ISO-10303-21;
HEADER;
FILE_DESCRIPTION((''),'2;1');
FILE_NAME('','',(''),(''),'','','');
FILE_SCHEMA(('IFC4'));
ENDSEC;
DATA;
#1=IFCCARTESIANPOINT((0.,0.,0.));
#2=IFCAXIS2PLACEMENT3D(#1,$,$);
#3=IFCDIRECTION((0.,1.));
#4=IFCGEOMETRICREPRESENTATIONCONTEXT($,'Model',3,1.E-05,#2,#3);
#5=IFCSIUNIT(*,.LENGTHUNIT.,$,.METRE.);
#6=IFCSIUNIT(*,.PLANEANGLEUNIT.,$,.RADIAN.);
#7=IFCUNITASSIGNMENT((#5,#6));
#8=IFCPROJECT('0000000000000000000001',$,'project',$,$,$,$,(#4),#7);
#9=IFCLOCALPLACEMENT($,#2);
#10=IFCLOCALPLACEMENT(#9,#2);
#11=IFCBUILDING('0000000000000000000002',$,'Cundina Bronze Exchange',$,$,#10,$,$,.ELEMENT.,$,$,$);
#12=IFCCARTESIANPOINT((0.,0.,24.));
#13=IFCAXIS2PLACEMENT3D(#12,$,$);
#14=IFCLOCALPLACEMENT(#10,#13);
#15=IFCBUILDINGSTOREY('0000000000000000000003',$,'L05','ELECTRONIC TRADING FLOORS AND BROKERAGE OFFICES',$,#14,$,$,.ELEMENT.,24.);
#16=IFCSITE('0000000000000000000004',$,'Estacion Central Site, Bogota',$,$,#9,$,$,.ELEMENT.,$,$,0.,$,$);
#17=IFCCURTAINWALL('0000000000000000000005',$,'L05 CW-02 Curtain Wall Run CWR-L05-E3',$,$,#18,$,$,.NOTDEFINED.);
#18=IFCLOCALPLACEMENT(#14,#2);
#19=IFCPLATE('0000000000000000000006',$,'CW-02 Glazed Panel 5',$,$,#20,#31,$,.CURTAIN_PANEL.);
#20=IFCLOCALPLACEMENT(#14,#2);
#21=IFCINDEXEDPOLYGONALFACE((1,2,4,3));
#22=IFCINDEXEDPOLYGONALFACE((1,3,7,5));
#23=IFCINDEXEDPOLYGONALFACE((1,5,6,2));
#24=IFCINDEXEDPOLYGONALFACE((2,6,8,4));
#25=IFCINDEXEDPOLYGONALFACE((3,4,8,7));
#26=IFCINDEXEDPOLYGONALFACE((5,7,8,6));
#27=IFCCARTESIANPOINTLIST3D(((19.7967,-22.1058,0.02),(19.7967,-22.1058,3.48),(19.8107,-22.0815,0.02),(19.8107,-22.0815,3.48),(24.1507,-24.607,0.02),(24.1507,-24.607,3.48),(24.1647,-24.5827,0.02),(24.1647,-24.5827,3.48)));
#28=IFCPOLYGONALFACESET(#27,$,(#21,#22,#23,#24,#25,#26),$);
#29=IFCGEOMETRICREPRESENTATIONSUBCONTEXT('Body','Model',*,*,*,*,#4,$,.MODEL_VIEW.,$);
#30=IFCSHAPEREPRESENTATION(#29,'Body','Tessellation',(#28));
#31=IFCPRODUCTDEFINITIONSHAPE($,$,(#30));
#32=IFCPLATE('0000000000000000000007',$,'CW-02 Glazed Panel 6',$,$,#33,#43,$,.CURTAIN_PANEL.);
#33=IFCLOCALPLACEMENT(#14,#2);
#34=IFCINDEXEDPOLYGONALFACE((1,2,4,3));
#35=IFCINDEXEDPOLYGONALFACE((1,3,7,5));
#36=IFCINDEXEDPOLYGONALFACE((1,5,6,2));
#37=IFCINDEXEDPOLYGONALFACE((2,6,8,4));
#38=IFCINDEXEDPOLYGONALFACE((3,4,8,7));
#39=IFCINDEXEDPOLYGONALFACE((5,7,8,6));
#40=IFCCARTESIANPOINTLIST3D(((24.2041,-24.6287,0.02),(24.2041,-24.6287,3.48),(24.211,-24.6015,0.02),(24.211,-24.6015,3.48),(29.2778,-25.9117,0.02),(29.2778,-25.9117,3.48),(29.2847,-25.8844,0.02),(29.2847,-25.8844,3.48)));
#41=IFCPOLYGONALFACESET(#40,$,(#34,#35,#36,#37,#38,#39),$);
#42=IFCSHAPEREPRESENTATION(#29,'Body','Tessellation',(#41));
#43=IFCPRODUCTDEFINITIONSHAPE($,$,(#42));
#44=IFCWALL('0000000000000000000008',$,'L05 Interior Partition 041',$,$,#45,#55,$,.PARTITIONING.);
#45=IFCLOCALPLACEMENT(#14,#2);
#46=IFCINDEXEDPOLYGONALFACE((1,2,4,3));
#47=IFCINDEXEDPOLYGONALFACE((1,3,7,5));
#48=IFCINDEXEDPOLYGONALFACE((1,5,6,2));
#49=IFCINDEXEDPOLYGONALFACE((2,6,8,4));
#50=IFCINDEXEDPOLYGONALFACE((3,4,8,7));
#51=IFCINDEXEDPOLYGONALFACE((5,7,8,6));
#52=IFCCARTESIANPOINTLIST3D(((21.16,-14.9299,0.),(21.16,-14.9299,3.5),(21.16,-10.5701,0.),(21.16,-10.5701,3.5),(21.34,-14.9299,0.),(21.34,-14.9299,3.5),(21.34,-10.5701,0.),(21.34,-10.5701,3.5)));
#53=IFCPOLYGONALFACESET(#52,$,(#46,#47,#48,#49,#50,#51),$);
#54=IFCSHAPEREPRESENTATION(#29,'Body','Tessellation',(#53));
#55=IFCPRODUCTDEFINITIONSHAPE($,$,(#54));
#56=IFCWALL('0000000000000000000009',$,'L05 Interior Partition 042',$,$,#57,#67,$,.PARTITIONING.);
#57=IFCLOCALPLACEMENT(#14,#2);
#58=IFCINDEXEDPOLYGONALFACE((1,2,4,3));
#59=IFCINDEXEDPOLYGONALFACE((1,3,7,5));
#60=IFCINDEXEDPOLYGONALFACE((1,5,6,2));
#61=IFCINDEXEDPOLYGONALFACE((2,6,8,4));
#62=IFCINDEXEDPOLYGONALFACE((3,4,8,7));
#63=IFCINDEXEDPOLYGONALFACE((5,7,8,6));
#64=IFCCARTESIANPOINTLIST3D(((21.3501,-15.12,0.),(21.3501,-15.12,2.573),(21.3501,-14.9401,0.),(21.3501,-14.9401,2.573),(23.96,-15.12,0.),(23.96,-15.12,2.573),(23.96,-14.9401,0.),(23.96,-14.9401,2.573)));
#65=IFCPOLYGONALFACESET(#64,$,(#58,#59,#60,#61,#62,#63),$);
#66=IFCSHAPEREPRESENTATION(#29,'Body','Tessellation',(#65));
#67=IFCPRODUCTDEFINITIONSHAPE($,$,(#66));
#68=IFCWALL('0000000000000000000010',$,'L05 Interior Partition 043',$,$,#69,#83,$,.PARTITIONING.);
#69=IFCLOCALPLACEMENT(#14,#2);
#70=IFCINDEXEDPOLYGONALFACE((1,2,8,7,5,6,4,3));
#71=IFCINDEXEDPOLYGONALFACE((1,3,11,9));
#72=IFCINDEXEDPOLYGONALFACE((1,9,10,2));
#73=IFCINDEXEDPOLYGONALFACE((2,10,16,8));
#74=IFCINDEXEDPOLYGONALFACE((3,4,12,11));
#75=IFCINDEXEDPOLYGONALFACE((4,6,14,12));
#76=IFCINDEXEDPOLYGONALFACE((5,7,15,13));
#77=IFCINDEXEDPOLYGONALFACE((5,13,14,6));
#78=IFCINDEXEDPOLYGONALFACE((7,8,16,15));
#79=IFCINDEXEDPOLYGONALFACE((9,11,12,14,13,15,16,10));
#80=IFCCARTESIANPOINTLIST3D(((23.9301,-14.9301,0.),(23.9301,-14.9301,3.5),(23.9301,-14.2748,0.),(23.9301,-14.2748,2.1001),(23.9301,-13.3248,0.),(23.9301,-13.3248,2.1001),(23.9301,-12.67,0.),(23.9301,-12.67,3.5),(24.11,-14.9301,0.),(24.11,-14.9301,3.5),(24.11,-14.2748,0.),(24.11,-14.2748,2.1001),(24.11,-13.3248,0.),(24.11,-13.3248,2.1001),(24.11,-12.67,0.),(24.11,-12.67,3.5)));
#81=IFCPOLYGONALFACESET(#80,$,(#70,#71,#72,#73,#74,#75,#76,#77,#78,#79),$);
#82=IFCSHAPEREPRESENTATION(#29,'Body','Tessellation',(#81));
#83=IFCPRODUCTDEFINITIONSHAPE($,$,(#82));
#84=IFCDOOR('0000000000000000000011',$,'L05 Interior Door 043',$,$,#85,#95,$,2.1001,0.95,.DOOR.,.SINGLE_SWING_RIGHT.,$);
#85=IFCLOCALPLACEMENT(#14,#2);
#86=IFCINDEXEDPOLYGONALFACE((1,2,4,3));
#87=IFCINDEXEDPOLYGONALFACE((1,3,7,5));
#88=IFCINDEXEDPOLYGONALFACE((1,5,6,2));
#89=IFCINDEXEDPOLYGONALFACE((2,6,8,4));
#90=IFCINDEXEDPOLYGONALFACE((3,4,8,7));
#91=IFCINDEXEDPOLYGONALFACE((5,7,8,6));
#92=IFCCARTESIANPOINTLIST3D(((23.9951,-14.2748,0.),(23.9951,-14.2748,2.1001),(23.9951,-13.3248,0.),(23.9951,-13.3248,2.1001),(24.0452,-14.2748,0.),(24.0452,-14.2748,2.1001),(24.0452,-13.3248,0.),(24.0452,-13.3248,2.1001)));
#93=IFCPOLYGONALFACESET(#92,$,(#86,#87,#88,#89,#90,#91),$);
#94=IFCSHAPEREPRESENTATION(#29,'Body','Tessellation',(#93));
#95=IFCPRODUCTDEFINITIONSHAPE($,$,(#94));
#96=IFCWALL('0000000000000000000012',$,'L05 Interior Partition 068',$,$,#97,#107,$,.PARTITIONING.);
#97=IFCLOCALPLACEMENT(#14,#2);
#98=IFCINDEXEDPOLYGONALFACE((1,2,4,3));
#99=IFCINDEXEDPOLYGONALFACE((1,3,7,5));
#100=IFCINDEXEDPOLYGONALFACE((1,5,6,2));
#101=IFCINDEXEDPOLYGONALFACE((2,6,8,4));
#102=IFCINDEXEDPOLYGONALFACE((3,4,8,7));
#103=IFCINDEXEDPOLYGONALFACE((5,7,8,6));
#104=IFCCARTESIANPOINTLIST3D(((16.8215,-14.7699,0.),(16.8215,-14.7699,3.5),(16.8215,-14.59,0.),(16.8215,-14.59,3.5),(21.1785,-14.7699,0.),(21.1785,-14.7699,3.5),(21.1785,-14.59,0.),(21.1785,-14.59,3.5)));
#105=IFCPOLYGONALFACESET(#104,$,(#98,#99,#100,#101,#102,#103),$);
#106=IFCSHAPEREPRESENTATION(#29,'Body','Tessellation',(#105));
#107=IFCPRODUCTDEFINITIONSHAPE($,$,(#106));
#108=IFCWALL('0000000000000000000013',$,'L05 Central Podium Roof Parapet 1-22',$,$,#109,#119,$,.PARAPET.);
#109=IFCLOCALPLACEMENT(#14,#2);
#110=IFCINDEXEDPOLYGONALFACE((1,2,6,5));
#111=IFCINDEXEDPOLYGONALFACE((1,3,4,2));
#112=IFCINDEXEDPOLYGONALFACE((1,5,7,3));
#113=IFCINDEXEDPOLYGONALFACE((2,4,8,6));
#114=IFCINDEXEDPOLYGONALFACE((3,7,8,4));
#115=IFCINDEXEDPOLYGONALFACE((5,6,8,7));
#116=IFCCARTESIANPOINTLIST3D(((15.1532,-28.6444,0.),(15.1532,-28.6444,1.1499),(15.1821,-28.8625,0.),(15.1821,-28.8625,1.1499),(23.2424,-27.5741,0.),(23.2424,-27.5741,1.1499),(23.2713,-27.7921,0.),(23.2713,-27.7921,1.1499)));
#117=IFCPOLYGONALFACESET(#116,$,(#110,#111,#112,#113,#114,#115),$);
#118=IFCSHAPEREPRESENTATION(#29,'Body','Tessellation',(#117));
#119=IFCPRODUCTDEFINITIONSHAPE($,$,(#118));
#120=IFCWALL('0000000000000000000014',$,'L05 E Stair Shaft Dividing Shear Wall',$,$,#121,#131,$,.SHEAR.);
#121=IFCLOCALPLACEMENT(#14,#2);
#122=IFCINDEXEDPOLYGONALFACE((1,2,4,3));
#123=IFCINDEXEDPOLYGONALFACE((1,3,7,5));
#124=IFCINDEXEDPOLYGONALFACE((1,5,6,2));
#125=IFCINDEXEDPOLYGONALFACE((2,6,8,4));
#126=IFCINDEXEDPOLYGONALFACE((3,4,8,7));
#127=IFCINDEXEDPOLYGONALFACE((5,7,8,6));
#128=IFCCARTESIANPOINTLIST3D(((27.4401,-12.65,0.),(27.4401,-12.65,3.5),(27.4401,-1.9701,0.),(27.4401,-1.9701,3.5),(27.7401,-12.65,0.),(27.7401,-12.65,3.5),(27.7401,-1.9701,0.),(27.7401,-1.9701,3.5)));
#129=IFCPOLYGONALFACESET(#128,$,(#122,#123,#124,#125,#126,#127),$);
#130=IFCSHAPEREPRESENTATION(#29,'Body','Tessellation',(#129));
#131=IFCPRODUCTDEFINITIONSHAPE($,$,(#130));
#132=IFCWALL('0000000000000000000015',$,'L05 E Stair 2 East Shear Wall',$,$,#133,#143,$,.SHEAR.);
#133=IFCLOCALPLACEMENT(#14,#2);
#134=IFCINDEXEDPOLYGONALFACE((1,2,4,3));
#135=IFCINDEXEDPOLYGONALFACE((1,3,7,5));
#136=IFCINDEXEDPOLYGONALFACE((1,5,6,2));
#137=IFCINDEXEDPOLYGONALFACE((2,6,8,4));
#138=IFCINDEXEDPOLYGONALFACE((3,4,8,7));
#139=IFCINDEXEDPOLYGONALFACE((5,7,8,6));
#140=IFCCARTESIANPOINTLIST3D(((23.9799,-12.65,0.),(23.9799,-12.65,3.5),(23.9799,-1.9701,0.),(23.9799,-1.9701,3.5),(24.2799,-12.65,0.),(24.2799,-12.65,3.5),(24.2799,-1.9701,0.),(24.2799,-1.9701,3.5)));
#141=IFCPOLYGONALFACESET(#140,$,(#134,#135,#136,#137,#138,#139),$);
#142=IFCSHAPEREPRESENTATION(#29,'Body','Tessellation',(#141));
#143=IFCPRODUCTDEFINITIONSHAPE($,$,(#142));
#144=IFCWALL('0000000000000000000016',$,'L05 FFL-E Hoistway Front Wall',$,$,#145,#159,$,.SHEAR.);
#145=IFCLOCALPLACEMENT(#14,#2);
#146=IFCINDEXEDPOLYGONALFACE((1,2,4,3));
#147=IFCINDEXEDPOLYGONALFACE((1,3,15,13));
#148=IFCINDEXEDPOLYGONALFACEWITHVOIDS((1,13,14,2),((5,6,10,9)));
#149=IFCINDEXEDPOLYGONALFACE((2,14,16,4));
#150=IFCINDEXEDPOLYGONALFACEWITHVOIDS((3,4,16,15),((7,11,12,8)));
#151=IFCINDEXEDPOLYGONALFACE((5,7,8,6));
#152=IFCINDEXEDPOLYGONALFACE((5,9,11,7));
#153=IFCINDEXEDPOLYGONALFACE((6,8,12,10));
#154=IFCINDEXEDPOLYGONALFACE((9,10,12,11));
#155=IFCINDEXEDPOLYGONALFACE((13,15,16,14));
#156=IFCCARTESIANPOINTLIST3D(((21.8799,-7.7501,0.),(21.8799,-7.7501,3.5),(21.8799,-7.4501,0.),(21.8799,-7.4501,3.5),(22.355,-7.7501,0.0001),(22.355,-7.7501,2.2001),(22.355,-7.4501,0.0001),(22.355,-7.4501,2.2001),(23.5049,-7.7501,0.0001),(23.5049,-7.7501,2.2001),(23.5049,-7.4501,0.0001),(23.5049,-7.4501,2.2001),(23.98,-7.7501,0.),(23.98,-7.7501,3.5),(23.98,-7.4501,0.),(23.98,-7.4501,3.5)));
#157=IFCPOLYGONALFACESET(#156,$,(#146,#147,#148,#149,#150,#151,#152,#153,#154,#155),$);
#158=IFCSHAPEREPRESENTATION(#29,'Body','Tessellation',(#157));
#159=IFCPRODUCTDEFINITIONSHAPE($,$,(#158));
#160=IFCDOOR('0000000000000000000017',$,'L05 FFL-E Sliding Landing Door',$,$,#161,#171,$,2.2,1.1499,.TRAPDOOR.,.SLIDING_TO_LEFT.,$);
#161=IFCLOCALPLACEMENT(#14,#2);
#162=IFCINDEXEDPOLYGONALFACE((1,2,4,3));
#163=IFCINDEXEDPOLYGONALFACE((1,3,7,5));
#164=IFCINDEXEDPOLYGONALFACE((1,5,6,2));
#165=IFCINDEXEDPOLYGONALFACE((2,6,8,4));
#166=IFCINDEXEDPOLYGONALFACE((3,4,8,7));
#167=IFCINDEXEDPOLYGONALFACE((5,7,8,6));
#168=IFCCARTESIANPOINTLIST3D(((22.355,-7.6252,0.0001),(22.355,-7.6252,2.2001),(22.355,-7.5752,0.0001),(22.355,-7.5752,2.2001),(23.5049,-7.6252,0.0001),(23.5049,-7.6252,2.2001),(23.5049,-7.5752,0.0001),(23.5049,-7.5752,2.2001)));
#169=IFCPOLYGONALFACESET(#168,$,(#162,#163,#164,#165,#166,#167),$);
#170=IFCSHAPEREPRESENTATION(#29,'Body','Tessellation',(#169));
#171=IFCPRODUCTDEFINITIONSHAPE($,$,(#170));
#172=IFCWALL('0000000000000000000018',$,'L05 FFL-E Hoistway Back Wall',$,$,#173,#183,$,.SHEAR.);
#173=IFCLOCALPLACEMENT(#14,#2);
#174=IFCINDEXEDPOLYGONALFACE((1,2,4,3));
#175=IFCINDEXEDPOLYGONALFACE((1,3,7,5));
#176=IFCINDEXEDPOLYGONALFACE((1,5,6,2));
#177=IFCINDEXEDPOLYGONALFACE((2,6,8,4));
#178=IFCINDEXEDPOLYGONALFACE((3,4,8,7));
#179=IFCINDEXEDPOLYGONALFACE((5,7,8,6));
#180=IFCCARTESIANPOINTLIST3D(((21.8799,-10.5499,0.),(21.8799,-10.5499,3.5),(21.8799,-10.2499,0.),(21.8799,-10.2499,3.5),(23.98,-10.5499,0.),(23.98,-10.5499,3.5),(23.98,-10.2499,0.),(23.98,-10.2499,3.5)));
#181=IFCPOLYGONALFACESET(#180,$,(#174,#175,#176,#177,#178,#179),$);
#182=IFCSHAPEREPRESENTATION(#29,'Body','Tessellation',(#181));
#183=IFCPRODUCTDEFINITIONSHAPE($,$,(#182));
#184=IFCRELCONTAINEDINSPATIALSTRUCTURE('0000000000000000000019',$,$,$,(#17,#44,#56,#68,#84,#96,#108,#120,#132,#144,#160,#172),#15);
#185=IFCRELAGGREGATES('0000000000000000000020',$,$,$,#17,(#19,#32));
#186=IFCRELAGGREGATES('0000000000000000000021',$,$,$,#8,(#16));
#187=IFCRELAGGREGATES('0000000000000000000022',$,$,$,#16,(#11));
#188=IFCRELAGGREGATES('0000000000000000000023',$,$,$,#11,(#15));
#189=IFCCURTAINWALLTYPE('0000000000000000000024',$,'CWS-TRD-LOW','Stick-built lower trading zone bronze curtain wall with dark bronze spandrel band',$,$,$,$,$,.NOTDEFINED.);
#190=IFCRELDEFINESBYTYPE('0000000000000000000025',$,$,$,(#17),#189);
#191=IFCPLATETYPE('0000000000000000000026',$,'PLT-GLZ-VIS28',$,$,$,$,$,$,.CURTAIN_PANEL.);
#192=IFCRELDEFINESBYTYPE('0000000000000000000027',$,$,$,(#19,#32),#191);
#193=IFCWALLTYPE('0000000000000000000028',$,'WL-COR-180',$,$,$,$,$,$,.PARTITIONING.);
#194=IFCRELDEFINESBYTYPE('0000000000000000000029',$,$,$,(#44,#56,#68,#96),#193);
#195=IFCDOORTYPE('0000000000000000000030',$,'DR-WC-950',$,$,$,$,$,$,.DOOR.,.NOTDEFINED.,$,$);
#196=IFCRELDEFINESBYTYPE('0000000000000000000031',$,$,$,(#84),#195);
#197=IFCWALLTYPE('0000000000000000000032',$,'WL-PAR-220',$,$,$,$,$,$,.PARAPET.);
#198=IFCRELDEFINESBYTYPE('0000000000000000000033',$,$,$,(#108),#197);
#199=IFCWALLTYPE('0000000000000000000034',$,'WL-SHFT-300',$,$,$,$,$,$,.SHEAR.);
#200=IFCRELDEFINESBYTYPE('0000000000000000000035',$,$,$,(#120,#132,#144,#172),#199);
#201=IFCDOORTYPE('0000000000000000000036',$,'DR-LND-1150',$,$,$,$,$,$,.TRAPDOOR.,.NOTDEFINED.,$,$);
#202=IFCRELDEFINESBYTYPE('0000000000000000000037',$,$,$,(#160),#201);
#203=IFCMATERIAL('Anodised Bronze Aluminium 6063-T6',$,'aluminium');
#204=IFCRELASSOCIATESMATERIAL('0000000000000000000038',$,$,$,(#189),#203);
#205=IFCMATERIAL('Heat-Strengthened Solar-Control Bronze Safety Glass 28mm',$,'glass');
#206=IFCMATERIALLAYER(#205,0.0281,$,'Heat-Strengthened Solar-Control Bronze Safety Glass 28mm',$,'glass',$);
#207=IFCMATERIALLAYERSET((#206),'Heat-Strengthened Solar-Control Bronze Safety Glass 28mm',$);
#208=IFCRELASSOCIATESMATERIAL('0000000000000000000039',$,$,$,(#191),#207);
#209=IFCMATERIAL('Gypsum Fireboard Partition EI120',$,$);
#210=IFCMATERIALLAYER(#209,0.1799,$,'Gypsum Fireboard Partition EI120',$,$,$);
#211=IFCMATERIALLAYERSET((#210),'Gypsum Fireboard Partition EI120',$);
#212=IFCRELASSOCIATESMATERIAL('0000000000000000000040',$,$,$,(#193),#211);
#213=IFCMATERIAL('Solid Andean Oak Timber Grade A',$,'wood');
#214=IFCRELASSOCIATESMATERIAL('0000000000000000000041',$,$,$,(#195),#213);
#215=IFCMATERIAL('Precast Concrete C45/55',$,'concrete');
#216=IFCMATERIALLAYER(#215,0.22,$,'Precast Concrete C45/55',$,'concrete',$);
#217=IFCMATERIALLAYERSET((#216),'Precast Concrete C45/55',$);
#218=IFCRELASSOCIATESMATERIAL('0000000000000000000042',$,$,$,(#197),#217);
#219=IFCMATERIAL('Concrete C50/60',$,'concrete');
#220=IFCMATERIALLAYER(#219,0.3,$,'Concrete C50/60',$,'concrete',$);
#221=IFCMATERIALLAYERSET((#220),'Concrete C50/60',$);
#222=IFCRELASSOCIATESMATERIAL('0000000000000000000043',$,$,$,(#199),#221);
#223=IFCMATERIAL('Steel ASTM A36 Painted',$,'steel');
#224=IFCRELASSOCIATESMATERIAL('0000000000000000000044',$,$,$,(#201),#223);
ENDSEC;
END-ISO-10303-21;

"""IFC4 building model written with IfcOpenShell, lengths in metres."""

from ifc_helpers import new_model, si_unit, direction, frame, frame_2d, origin, origin_2d, place, context, subcontext, project, spatial, rectangle, extrude, material, layer, layer_set, type_object, element, fill, aggregate, save


model = new_model("IFC4")

# Units and contexts
model_context = context("Model", 3, precision=1e-05, world=origin(), true_north=direction((0.0, 1.0)))
body_context = subcontext(model_context, "Body", "Model", "MODEL_VIEW")
ifc_project = project(units=[si_unit("LENGTHUNIT", "METRE"), si_unit("PLANEANGLEUNIT", "RADIAN")], contexts=[model_context])

# Site, building, storey
site_placement = place(None, origin())
site = spatial("IfcSite", under=ifc_project, at=site_placement, Name="Estacion Central Site, Bogota", CompositionType="ELEMENT", RefElevation=0.0)
building_placement = place(site_placement, origin())
building = spatial("IfcBuilding", under=site, at=building_placement, Name="Cundina Bronze Exchange", CompositionType="ELEMENT")
storey_placement = place(building_placement, frame((0.0, 0.0, 24.0)))
storey = spatial("IfcBuildingStorey", under=building, at=storey_placement, Name="L05", Description="ELECTRONIC TRADING FLOORS AND BROKERAGE OFFICES", CompositionType="ELEMENT", Elevation=24.0)

# Curtain wall, plates
ifc_material_1 = material(Name="Anodised Bronze Aluminium 6063-T6", Category="aluminium")
curtain_wall_type = type_object("IfcCurtainWallType", Name="CWS-TRD-LOW", Description="Stick-built lower trading zone bronze curtain wall with dark bronze spandrel band", PredefinedType="NOTDEFINED", material=ifc_material_1)
curtain_wall_placement = place(storey_placement, origin())
curtain_wall = element("IfcCurtainWall", 1, at=curtain_wall_placement, inside=storey, type_object=curtain_wall_type, Name="L05 CW-02 Curtain Wall Run CWR-L05-E3", PredefinedType="NOTDEFINED")
ifc_material_2 = material(Name="Heat-Strengthened Solar-Control Bronze Safety Glass 28mm", Category="glass")
ifc_layer_1 = layer(ifc_material_2, 0.0281, Name="Heat-Strengthened Solar-Control Bronze Safety Glass 28mm", Category="glass")
ifc_layer_set_1 = layer_set([ifc_layer_1], Name="Heat-Strengthened Solar-Control Bronze Safety Glass 28mm")
plate_type = type_object("IfcPlateType", Name="PLT-GLZ-VIS28", PredefinedType="CURTAIN_PANEL", material=ifc_layer_set_1)
plate_1_placement = place(storey_placement, frame((21.9807, -23.3442, 0.02), z_axis=(0.0, 0.0, 1.0), x_axis=(0.867105, -0.498125, 0.0)))
plate_1 = element("IfcPlate", 2, at=plate_1_placement, type_object=plate_type, Name="CW-02 Glazed Panel 5", PredefinedType="CURTAIN_PANEL", context=body_context, shape_type="SweptSolid", body=[
    extrude(rectangle(XDim=5.0212, YDim=0.0281, at=origin_2d()), origin(), (0.0, 0.0, 1.0), 3.46),
])
plate_2_placement = place(storey_placement, frame((26.7444, -25.2566, 0.02), z_axis=(0.0, 0.0, 1.0), x_axis=(0.969488, -0.245138, 0.0)))
plate_2 = element("IfcPlate", 3, at=plate_2_placement, type_object=plate_type, Name="CW-02 Glazed Panel 6", PredefinedType="CURTAIN_PANEL", context=body_context, shape_type="SweptSolid", body=[
    extrude(rectangle(XDim=5.2334, YDim=0.0281, at=origin_2d()), origin(), (0.0, 0.0, 1.0), 3.46),
])
aggregate(curtain_wall, [plate_1, plate_2])

# Walls
ifc_material_3 = material(Name="Gypsum Fireboard Partition EI120")
ifc_layer_2 = layer(ifc_material_3, 0.1799, Name="Gypsum Fireboard Partition EI120")
ifc_layer_set_2 = layer_set([ifc_layer_2], Name="Gypsum Fireboard Partition EI120")
wall_type_1 = type_object("IfcWallType", Name="WL-COR-180", PredefinedType="PARTITIONING", material=ifc_layer_set_2)
wall_1_placement = place(storey_placement, frame((21.25, -14.9299, 0.0), z_axis=(0.0, 0.0, 1.0), x_axis=(0.0, 1.0, 0.0)))
element("IfcWall", 4, at=wall_1_placement, inside=storey, type_object=wall_type_1, Name="L05 Interior Partition 041", PredefinedType="PARTITIONING", context=body_context, shape_type="SweptSolid", body=[
    extrude(rectangle(XDim=4.3599, YDim=0.1799, at=frame_2d((2.1799, 0.0))), origin(), (0.0, 0.0, 1.0), 3.5),
])
wall_2_placement = place(storey_placement, frame((21.3501, -15.03, 0.0), z_axis=(0.0, 0.0, 1.0), x_axis=(1.0, 0.0, 0.0)))
element("IfcWall", 5, at=wall_2_placement, inside=storey, type_object=wall_type_1, Name="L05 Interior Partition 042", PredefinedType="PARTITIONING", context=body_context, shape_type="SweptSolid", body=[
    extrude(rectangle(XDim=2.6099, YDim=0.1799, at=frame_2d((1.3049, 0.0))), origin(), (0.0, 0.0, 1.0), 2.573),
])

# Wall, opening, door
wall_3_placement = place(storey_placement, frame((24.02, -14.9299, 0.0), z_axis=(0.0, 0.0, 1.0), x_axis=(0.0, 1.0, 0.0)))
wall_3 = element("IfcWall", 6, at=wall_3_placement, inside=storey, type_object=wall_type_1, Name="L05 Interior Partition 043", PredefinedType="PARTITIONING", context=body_context, shape_type="SweptSolid", body=[
    extrude(rectangle(XDim=2.26, YDim=0.1799, at=frame_2d((1.1299, 0.0))), origin(), (0.0, 0.0, 1.0), 3.5),
])
opening_1_placement = place(wall_3_placement, frame((0.655, 0.0, 0.0)))
opening_1 = element("IfcOpeningElement", 7, at=opening_1_placement, cuts=wall_3, PredefinedType="OPENING", context=body_context, shape_type="SweptSolid", body=[
    extrude(rectangle(XDim=0.95, YDim=2.1001, at=frame_2d((0.4751, 1.05))), frame((0.0, 0.0999, 0.0), z_axis=(0.0, -1.0, 0.0), x_axis=(1.0, 0.0, 0.0)), (0.0, 0.0, 1.0), 0.2),
])
ifc_material_4 = material(Name="Solid Andean Oak Timber Grade A", Category="wood")
door_type_1 = type_object("IfcDoorType", Name="DR-WC-950", OperationType="NOTDEFINED", PredefinedType="DOOR", material=ifc_material_4)
door_1_placement = place(opening_1_placement, origin())
door_1 = element("IfcDoor", 8, at=door_1_placement, inside=storey, type_object=door_type_1, Name="L05 Interior Door 043", OperationType="SINGLE_SWING_RIGHT", OverallHeight=2.1001, OverallWidth=0.95, PredefinedType="DOOR", context=body_context, shape_type="SweptSolid", body=[
    extrude(rectangle(XDim=0.95, YDim=2.1001, at=frame_2d((0.4751, 1.05))), frame((0.0, 0.0249, 0.0), z_axis=(0.0, -1.0, 0.0), x_axis=(1.0, 0.0, 0.0)), (0.0, 0.0, 1.0), 0.05),
])
fill(opening_1, door_1)

# Walls
wall_4_placement = place(storey_placement, frame((21.1785, -14.6799, 0.0), z_axis=(0.0, 0.0, 1.0), x_axis=(-1.0, 0.0, 0.0)))
element("IfcWall", 9, at=wall_4_placement, inside=storey, type_object=wall_type_1, Name="L05 Interior Partition 068", PredefinedType="PARTITIONING", context=body_context, shape_type="SweptSolid", body=[
    extrude(rectangle(XDim=4.3569, YDim=0.1799, at=frame_2d((2.1785, 0.0))), origin(), (0.0, 0.0, 1.0), 3.5),
])
ifc_material_5 = material(Name="Precast Concrete C45/55", Category="concrete")
ifc_layer_3 = layer(ifc_material_5, 0.22, Name="Precast Concrete C45/55", Category="concrete")
ifc_layer_set_3 = layer_set([ifc_layer_3], Name="Precast Concrete C45/55")
wall_type_2 = type_object("IfcWallType", Name="WL-PAR-220", PredefinedType="PARAPET", material=ifc_layer_set_3)
wall_5_placement = place(storey_placement, frame((23.2568, -27.6831, 0.0), z_axis=(0.0, 0.0, 1.0), x_axis=(-0.99136, -0.131172, 0.0)))
element("IfcWall", 10, at=wall_5_placement, inside=storey, type_object=wall_type_2, Name="L05 Central Podium Roof Parapet 1-22", PredefinedType="PARAPET", context=body_context, shape_type="SweptSolid", body=[
    extrude(rectangle(XDim=8.1597, YDim=0.22, at=frame_2d((4.0798, 0.0))), origin(), (0.0, 0.0, 1.0), 1.1499),
])
ifc_material_6 = material(Name="Concrete C50/60", Category="concrete")
ifc_layer_4 = layer(ifc_material_6, 0.3, Name="Concrete C50/60", Category="concrete")
ifc_layer_set_4 = layer_set([ifc_layer_4], Name="Concrete C50/60")
wall_type_3 = type_object("IfcWallType", Name="WL-SHFT-300", PredefinedType="SHEAR", material=ifc_layer_set_4)
for number, where, z_axis, x_axis, name in (
    (11, (27.5901, -12.6499, 0.0), (0.0, 0.0, 1.0), (0.0, 1.0, 0.0), "L05 E Stair Shaft Dividing Shear Wall"),
    (12, (24.1299, -12.6499, 0.0), (0.0, 0.0, 1.0), (0.0, 1.0, 0.0), "L05 E Stair 2 East Shear Wall"),
):
    element("IfcWall", number, at=place(storey_placement, frame(where, z_axis=z_axis, x_axis=x_axis)), inside=storey, type_object=wall_type_3, Name=name, PredefinedType="SHEAR", context=body_context, shape_type="SweptSolid", body=[
        extrude(rectangle(XDim=10.6799, YDim=0.3, at=frame_2d((5.3398, 0.0))), origin(), (0.0, 0.0, 1.0), 3.5),
    ])

# Wall, opening, door
ifc_material_7 = material(Name="Steel ASTM A36 Painted", Category="steel")
wall_6_placement = place(storey_placement, frame((21.8799, -7.6001, 0.0), z_axis=(0.0, 0.0, 1.0), x_axis=(1.0, 0.0, 0.0)))
wall_6 = element("IfcWall", 13, at=wall_6_placement, inside=storey, type_object=wall_type_3, Name="L05 FFL-E Hoistway Front Wall", PredefinedType="SHEAR", context=body_context, shape_type="SweptSolid", body=[
    extrude(rectangle(XDim=2.1001, YDim=0.3, at=frame_2d((1.05, 0.0))), origin(), (0.0, 0.0, 1.0), 3.5),
])
opening_2_placement = place(wall_6_placement, frame((0.4751, 0.0, 0.0)))
opening_2 = element("IfcOpeningElement", 14, at=opening_2_placement, cuts=wall_6, PredefinedType="OPENING", context=body_context, shape_type="SweptSolid", body=[
    extrude(rectangle(XDim=1.1499, YDim=2.2, at=frame_2d((0.575, 1.1001))), frame((0.0, 0.1599, 0.0), z_axis=(0.0, -1.0, 0.0), x_axis=(1.0, 0.0, 0.0)), (0.0, 0.0, 1.0), 0.3201),
])
door_type_2 = type_object("IfcDoorType", Name="DR-LND-1150", OperationType="NOTDEFINED", PredefinedType="TRAPDOOR", material=ifc_material_7)
door_2_placement = place(opening_2_placement, origin())
door_2 = element("IfcDoor", 15, at=door_2_placement, inside=storey, type_object=door_type_2, Name="L05 FFL-E Sliding Landing Door", OperationType="SLIDING_TO_LEFT", OverallHeight=2.2, OverallWidth=1.1499, PredefinedType="TRAPDOOR", context=body_context, shape_type="SweptSolid", body=[
    extrude(rectangle(XDim=1.1499, YDim=2.2, at=frame_2d((0.575, 1.1001))), frame((0.0, 0.0249, 0.0), z_axis=(0.0, -1.0, 0.0), x_axis=(1.0, 0.0, 0.0)), (0.0, 0.0, 1.0), 0.05),
])
fill(opening_2, door_2)

# Wall
wall_7_placement = place(storey_placement, frame((21.8799, -10.3999, 0.0), z_axis=(0.0, 0.0, 1.0), x_axis=(1.0, 0.0, 0.0)))
element("IfcWall", 16, at=wall_7_placement, inside=storey, type_object=wall_type_3, Name="L05 FFL-E Hoistway Back Wall", PredefinedType="SHEAR", context=body_context, shape_type="SweptSolid", body=[
    extrude(rectangle(XDim=2.1001, YDim=0.3, at=frame_2d((1.05, 0.0))), origin(), (0.0, 0.0, 1.0), 3.5),
])

save(model, "model.ifc")
